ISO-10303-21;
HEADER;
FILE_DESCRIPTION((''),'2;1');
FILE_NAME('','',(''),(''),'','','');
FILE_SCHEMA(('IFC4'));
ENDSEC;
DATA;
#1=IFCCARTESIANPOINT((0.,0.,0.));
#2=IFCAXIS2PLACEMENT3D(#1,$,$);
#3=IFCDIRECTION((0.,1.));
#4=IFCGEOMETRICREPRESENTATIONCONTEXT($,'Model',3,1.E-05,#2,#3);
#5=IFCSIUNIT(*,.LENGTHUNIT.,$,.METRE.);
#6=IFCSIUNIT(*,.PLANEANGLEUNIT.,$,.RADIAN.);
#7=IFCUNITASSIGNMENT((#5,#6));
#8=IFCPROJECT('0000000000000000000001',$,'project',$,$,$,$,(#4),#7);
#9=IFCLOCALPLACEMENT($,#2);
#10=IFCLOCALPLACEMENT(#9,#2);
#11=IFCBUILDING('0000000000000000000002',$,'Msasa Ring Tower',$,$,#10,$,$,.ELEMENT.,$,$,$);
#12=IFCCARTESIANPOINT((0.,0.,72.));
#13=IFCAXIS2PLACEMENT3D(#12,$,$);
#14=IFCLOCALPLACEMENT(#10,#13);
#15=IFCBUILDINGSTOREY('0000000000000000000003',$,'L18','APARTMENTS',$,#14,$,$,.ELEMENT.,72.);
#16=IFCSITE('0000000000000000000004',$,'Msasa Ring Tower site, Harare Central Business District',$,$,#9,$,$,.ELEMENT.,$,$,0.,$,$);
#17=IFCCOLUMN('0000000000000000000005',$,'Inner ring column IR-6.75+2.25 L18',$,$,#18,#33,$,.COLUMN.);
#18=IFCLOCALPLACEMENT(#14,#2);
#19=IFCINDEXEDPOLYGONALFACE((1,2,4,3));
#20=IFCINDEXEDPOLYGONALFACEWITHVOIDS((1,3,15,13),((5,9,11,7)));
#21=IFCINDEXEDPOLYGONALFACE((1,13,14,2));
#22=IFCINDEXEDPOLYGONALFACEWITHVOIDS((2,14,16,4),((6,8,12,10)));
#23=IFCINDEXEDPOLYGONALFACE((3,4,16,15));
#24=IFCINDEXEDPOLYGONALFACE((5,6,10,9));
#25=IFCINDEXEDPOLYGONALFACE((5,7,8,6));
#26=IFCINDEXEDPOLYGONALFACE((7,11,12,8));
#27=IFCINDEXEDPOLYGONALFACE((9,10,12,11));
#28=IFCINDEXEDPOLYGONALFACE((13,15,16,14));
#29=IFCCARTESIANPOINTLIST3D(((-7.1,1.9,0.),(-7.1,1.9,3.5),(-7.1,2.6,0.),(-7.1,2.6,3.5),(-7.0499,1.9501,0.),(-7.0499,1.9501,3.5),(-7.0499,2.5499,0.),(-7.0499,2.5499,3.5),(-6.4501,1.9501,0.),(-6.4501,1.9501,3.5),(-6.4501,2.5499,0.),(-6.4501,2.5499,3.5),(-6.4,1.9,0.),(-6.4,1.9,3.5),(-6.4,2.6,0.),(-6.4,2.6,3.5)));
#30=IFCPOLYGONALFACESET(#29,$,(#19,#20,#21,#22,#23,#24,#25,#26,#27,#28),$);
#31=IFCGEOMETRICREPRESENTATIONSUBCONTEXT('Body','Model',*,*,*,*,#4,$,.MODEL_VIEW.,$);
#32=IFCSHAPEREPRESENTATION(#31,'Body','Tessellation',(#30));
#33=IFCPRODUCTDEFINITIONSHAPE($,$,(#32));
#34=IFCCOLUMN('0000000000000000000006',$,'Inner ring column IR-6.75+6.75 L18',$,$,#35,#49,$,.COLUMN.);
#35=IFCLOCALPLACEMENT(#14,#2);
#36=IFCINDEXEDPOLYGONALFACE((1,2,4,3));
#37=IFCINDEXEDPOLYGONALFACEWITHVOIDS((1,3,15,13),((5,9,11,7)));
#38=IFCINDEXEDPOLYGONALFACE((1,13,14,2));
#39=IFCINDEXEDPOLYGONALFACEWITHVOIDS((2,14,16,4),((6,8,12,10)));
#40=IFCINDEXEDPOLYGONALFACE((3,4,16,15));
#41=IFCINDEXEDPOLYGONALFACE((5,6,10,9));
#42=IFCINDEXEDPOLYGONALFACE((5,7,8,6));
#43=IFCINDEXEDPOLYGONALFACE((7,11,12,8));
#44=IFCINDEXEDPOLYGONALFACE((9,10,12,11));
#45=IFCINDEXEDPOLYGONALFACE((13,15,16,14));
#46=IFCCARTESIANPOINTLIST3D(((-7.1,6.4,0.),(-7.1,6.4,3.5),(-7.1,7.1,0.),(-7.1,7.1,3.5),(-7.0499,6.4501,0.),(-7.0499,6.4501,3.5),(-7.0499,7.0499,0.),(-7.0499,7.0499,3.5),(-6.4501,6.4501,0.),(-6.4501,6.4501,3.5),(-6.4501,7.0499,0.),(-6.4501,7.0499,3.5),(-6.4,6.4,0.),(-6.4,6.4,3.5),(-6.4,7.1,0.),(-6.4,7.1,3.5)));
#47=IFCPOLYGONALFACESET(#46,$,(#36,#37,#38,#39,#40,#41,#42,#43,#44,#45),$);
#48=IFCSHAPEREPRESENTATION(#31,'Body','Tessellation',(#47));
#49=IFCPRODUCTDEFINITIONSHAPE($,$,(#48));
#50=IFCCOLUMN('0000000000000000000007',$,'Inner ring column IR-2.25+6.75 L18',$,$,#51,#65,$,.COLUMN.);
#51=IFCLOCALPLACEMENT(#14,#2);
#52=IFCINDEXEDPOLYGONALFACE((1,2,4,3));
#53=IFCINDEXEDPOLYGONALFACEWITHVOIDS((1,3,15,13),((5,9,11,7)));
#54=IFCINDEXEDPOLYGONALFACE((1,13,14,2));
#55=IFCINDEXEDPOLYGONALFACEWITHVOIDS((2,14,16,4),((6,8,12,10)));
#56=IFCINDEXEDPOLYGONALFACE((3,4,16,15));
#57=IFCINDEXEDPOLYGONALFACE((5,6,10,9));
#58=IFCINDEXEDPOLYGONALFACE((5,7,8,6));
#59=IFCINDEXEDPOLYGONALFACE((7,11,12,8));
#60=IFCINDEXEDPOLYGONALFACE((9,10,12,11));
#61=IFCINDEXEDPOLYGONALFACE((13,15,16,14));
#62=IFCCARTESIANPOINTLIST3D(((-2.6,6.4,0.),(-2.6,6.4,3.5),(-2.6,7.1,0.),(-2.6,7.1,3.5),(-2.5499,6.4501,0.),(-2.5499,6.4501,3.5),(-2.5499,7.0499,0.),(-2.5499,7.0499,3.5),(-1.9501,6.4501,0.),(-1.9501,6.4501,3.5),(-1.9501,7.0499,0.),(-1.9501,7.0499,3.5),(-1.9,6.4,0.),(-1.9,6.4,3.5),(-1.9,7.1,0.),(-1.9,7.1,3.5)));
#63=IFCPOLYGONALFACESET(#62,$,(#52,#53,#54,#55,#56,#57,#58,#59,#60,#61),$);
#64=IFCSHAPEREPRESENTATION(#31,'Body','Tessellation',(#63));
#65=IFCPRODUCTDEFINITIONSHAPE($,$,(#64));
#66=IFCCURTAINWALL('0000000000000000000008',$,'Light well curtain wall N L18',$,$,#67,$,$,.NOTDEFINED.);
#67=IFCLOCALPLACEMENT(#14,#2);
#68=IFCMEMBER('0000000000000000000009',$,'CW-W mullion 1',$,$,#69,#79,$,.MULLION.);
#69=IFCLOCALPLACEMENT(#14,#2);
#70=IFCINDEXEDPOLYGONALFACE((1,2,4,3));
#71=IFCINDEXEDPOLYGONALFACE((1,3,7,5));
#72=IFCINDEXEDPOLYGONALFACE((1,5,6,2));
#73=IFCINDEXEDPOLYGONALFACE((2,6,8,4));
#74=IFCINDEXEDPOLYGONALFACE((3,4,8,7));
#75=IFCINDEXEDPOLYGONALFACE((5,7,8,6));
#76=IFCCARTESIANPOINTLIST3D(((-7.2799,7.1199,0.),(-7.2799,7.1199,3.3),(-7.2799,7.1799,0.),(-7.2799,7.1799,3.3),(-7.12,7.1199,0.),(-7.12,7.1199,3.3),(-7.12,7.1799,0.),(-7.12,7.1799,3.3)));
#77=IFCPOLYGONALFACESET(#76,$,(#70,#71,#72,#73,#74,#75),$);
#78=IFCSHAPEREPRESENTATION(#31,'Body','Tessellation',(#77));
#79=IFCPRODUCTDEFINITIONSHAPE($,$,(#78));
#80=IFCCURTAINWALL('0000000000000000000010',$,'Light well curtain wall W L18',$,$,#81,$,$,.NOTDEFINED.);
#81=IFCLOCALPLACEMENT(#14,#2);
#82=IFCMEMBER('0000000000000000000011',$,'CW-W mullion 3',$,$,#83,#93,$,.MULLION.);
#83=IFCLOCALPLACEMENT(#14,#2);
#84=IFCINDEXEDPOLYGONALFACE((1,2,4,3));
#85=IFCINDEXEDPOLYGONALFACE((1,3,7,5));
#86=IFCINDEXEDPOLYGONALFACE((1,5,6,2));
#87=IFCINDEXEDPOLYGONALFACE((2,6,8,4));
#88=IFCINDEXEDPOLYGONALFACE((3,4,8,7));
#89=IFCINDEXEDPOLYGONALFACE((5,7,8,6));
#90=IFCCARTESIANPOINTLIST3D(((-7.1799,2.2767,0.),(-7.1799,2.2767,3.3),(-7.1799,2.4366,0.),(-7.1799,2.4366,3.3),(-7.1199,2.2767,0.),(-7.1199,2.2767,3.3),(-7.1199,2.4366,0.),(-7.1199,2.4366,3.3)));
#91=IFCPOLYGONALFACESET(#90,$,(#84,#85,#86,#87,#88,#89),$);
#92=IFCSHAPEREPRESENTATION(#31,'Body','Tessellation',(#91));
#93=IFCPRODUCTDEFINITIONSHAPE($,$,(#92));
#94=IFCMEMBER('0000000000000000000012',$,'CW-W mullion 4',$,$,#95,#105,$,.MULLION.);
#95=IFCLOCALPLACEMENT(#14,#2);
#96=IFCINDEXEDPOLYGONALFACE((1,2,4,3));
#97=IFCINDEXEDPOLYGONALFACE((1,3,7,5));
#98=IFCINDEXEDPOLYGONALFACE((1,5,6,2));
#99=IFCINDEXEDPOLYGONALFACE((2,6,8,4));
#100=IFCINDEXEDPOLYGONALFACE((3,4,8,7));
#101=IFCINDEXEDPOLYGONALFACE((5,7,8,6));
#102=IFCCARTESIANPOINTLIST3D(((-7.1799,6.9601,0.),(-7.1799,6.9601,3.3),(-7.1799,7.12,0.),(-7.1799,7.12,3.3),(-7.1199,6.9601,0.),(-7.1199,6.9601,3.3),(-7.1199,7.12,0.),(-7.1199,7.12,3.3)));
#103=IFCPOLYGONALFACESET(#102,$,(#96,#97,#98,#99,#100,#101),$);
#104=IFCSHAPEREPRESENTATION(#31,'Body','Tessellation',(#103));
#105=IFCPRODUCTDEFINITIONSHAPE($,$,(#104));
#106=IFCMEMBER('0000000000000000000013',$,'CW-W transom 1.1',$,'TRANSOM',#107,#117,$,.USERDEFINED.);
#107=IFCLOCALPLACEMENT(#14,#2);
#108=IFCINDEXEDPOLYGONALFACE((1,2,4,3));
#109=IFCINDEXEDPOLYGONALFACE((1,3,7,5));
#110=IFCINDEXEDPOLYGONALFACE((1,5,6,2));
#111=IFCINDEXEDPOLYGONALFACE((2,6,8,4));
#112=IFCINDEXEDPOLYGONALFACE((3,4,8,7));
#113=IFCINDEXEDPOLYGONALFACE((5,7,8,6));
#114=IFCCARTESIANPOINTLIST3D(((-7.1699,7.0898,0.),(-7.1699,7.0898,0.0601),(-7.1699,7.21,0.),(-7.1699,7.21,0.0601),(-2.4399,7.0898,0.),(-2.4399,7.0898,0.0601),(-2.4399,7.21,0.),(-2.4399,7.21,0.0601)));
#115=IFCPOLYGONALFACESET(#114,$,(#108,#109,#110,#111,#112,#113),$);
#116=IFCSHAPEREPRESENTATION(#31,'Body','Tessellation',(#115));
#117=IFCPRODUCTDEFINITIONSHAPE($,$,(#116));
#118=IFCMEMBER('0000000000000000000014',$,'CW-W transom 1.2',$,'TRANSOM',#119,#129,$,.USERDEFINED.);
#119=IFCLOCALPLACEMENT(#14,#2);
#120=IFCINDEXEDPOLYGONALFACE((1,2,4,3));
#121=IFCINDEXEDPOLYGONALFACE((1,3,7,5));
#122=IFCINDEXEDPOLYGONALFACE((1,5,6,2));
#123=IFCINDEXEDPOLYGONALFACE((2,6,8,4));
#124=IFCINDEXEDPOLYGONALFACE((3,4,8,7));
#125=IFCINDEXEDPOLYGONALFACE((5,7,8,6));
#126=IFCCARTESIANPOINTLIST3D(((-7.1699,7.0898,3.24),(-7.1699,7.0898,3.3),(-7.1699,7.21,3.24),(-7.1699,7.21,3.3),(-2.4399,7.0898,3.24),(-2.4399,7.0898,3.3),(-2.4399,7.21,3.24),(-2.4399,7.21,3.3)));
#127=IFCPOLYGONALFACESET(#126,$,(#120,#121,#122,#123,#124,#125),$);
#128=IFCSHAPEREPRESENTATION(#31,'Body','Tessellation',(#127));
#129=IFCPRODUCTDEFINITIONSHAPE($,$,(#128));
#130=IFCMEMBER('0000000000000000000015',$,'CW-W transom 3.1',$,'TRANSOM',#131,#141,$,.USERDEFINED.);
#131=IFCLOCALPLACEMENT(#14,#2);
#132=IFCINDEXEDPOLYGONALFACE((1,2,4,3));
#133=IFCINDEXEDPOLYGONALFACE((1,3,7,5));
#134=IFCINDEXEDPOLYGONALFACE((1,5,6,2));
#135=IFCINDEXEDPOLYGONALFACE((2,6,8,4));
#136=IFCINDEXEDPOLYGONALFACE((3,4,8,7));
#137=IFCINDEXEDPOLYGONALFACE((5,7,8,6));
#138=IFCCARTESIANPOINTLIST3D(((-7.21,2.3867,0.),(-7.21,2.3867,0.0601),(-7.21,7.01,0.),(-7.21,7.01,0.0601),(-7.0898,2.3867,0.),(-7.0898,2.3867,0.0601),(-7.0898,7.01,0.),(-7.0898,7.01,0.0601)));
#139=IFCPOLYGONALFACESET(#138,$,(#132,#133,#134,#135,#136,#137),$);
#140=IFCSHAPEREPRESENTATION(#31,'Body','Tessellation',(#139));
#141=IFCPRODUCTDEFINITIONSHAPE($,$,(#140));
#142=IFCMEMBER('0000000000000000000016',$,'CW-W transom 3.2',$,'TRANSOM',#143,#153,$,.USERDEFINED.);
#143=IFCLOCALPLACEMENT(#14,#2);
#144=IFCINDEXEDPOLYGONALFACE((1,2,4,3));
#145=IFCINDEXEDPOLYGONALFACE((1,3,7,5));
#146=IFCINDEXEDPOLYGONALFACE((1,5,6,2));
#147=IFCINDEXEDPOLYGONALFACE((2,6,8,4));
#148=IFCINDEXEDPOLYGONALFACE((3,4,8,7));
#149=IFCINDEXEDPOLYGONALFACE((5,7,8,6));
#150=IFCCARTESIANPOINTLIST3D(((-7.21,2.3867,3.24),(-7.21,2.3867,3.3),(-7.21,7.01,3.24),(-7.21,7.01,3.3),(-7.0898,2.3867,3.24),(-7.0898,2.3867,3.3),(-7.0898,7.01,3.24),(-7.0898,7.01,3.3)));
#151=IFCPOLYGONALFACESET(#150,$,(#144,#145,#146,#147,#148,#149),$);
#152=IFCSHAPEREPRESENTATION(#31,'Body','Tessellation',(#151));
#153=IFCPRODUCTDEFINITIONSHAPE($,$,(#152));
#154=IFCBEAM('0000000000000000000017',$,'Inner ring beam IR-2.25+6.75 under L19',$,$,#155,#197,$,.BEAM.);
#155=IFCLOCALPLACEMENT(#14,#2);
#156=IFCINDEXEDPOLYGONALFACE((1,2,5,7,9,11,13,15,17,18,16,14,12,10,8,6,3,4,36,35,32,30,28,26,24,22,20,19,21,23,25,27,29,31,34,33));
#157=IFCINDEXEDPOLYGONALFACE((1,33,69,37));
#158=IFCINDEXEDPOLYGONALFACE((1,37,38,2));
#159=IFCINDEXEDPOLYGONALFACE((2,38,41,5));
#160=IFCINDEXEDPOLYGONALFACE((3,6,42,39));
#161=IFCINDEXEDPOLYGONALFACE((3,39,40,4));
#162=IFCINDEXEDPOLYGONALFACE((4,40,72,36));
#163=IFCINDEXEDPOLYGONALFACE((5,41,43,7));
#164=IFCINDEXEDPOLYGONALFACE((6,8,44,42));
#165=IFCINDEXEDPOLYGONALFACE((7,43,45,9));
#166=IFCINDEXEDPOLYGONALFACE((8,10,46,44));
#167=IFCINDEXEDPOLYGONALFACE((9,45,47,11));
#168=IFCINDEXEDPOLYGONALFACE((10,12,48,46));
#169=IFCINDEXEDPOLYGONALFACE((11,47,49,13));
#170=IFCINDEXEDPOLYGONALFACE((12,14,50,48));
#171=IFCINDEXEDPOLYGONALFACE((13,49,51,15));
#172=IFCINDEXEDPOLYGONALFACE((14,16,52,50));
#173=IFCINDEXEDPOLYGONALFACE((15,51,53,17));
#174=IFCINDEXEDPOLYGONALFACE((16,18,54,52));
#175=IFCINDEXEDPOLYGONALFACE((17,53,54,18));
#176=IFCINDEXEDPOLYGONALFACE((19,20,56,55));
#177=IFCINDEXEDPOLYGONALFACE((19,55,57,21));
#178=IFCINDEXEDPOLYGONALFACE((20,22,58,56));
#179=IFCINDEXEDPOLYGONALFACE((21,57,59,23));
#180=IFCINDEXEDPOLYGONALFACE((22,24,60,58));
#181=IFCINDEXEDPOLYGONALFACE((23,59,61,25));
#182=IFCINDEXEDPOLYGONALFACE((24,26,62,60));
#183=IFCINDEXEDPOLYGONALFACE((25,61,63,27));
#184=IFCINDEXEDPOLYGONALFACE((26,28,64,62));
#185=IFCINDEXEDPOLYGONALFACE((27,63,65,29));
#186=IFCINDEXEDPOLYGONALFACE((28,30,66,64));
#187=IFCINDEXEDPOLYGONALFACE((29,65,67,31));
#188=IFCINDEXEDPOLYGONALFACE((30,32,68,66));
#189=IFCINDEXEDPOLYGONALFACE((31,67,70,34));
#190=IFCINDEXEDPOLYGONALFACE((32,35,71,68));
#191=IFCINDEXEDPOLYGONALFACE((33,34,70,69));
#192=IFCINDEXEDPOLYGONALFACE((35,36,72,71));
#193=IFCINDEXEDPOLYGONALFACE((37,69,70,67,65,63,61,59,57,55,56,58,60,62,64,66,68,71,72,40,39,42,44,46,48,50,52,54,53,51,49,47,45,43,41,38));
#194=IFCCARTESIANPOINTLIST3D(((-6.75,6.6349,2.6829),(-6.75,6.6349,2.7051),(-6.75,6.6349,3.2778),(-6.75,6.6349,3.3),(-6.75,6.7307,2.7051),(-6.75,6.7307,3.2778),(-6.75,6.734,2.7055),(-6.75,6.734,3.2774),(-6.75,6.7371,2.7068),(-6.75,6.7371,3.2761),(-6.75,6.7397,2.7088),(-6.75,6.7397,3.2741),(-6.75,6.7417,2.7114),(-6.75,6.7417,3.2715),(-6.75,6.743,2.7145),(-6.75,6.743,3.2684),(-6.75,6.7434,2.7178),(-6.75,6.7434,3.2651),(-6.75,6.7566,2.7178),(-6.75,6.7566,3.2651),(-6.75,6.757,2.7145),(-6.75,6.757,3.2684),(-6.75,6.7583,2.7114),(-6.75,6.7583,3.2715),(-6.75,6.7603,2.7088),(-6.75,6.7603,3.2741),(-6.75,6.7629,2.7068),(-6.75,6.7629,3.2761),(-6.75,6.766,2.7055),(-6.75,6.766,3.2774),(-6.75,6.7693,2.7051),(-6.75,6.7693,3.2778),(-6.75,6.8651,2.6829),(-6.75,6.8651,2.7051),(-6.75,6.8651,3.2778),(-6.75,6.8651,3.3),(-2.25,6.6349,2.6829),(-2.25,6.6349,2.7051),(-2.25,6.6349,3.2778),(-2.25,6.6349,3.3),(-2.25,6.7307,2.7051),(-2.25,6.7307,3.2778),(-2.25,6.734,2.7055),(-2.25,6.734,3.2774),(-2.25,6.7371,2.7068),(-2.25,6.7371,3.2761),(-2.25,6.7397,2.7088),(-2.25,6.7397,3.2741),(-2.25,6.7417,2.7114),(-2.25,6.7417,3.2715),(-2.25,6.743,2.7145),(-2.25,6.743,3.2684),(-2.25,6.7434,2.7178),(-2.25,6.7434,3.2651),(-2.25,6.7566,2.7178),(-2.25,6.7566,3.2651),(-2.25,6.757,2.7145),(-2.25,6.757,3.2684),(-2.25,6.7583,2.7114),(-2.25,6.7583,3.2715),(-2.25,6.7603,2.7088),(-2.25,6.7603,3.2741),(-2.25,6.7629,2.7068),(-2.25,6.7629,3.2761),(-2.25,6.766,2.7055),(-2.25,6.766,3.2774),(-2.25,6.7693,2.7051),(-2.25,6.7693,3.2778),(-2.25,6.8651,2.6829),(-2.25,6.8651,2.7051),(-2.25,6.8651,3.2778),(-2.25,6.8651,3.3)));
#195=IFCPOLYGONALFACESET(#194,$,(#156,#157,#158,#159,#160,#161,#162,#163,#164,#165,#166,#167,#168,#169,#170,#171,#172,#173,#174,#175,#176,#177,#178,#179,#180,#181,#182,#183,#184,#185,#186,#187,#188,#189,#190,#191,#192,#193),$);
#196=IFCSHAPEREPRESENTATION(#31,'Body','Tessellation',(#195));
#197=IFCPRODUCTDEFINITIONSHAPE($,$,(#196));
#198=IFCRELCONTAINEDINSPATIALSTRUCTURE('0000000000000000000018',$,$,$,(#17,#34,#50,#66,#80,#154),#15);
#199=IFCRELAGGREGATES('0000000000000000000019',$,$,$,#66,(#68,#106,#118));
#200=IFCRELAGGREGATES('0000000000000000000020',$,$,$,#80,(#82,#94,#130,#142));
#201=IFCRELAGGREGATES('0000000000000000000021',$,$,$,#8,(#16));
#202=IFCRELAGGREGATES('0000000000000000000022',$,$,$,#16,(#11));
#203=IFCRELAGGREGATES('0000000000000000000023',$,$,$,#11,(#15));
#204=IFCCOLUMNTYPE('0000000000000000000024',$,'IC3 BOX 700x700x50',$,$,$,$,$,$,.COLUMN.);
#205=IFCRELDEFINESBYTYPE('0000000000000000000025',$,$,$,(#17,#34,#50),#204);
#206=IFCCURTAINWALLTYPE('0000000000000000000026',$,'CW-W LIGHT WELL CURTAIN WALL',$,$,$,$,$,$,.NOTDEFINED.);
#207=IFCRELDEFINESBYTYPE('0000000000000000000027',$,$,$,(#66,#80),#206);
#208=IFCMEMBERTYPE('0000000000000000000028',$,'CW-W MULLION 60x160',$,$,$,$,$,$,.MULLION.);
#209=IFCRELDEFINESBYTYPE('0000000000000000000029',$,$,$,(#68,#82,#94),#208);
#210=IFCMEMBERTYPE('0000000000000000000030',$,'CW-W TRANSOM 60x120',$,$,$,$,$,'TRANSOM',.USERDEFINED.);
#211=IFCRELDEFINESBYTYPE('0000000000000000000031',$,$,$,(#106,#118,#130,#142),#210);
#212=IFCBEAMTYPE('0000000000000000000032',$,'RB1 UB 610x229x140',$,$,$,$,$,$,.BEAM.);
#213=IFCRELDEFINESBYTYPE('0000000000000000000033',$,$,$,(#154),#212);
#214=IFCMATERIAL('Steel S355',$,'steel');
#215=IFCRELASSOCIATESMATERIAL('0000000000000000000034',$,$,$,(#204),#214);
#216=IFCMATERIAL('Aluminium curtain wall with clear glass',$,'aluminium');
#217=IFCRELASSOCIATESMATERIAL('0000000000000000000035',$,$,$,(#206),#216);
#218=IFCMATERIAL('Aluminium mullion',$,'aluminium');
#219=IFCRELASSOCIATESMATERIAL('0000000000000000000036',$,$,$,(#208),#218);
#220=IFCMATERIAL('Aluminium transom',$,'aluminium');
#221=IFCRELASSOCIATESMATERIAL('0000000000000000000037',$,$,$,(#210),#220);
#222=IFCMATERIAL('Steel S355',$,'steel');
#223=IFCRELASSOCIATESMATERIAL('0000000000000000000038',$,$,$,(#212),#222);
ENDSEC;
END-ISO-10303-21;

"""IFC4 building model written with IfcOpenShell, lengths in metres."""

from ifc_helpers import new_model, si_unit, direction, frame, origin, origin_2d, place, context, subcontext, project, spatial, rectangle, hollow_rectangle, i_section, extrude, material, material_profile, profile_set, type_object, element, aggregate, save


model = new_model("IFC4")

# Units and contexts
model_context = context("Model", 3, precision=1e-05, world=origin(), true_north=direction((0.0, 1.0)))
body_context = subcontext(model_context, "Body", "Model", "MODEL_VIEW")
ifc_project = project(units=[si_unit("LENGTHUNIT", "METRE"), si_unit("PLANEANGLEUNIT", "RADIAN")], contexts=[model_context])

# Site, building, storey
site_placement = place(None, origin())
site = spatial("IfcSite", under=ifc_project, at=site_placement, Name="Msasa Ring Tower site, Harare Central Business District", CompositionType="ELEMENT", RefElevation=0.0)
building_placement = place(site_placement, origin())
building = spatial("IfcBuilding", under=site, at=building_placement, Name="Msasa Ring Tower", CompositionType="ELEMENT")
storey_placement = place(building_placement, frame((0.0, 0.0, 72.0)))
storey = spatial("IfcBuildingStorey", under=building, at=storey_placement, Name="L18", Description="APARTMENTS", CompositionType="ELEMENT", Elevation=72.0)

# Columns
ifc_material_1 = material(Name="Steel S355", Category="steel")
ifc_material_profile_1 = material_profile(ifc_material_1, hollow_rectangle(XDim=0.7, YDim=0.7, WallThickness=0.05, at=origin_2d()), Name="BOX 700x700x50")
ifc_profile_set_1 = profile_set([ifc_material_profile_1], Name="Steel S355")
column_type = type_object("IfcColumnType", Name="IC3 BOX 700x700x50", PredefinedType="COLUMN", material=ifc_profile_set_1)
for number, where, z_axis, x_axis, name in (
    (1, (-6.75, 2.25, 0.0), (0.0, 0.0, 1.0), (1.0, 0.0, 0.0), "Inner ring column IR-6.75+2.25 L18"),
    (2, (-6.75, 6.75, 0.0), (0.0, 0.0, 1.0), (1.0, 0.0, 0.0), "Inner ring column IR-6.75+6.75 L18"),
    (3, (-2.25, 6.75, 0.0), (0.0, 0.0, 1.0), (1.0, 0.0, 0.0), "Inner ring column IR-2.25+6.75 L18"),
):
    element("IfcColumn", number, at=place(storey_placement, frame(where, z_axis=z_axis, x_axis=x_axis)), inside=storey, type_object=column_type, Name=name, PredefinedType="COLUMN", context=body_context, shape_type="SweptSolid", body=[
        extrude(hollow_rectangle(XDim=0.7, YDim=0.7, WallThickness=0.05, at=origin_2d()), origin(), (0.0, 0.0, 1.0), 3.5),
    ])

# Curtain wall, member
ifc_material_2 = material(Name="Aluminium curtain wall with clear glass", Category="aluminium")
curtain_wall_type = type_object("IfcCurtainWallType", Name="CW-W LIGHT WELL CURTAIN WALL", PredefinedType="NOTDEFINED", material=ifc_material_2)
curtain_wall_1_placement = place(storey_placement, origin())
curtain_wall_1 = element("IfcCurtainWall", 4, at=curtain_wall_1_placement, inside=storey, type_object=curtain_wall_type, Name="Light well curtain wall N L18", PredefinedType="NOTDEFINED")
ifc_material_3 = material(Name="Aluminium mullion", Category="aluminium")
ifc_material_profile_2 = material_profile(ifc_material_3, rectangle(XDim=0.0601, YDim=0.1599, at=origin_2d()), Name="AL 60x160")
ifc_profile_set_2 = profile_set([ifc_material_profile_2], Name="Aluminium mullion")
member_type_1 = type_object("IfcMemberType", Name="CW-W MULLION 60x160", PredefinedType="MULLION", material=ifc_profile_set_2)
member_1_placement = place(storey_placement, frame((-7.2, 7.1499, 0.0), z_axis=(0.0, 0.0, 1.0), x_axis=(0.0, 1.0, 0.0)))
member_1 = element("IfcMember", 5, at=member_1_placement, type_object=member_type_1, Name="CW-W mullion 1", PredefinedType="MULLION", context=body_context, shape_type="SweptSolid", body=[
    extrude(rectangle(XDim=0.0601, YDim=0.1599, at=origin_2d()), origin(), (0.0, 0.0, 1.0), 3.3),
])

# Curtain wall, members
curtain_wall_2_placement = place(storey_placement, origin())
curtain_wall_2 = element("IfcCurtainWall", 6, at=curtain_wall_2_placement, inside=storey, type_object=curtain_wall_type, Name="Light well curtain wall W L18", PredefinedType="NOTDEFINED")
member_2_placement = place(storey_placement, frame((-7.1499, 2.3567, 0.0), z_axis=(0.0, 0.0, 1.0), x_axis=(-1.0, 0.0, 0.0)))
member_2 = element("IfcMember", 7, at=member_2_placement, type_object=member_type_1, Name="CW-W mullion 3", PredefinedType="MULLION", context=body_context, shape_type="SweptSolid", body=[
    extrude(rectangle(XDim=0.0601, YDim=0.1599, at=origin_2d()), origin(), (0.0, 0.0, 1.0), 3.3),
])
member_3_placement = place(storey_placement, frame((-7.1499, 7.04, 0.0), z_axis=(0.0, 0.0, 1.0), x_axis=(-1.0, 0.0, 0.0)))
member_3 = element("IfcMember", 8, at=member_3_placement, type_object=member_type_1, Name="CW-W mullion 4", PredefinedType="MULLION", context=body_context, shape_type="SweptSolid", body=[
    extrude(rectangle(XDim=0.0601, YDim=0.1599, at=origin_2d()), origin(), (0.0, 0.0, 1.0), 3.3),
])

# Members
ifc_material_4 = material(Name="Aluminium transom", Category="aluminium")
ifc_material_profile_3 = material_profile(ifc_material_4, rectangle(XDim=0.1201, YDim=0.0601, at=origin_2d()), Name="AL 60x120")
ifc_profile_set_3 = profile_set([ifc_material_profile_3], Name="Aluminium transom")
member_type_2 = type_object("IfcMemberType", Name="CW-W TRANSOM 60x120", ElementType="TRANSOM", PredefinedType="USERDEFINED", material=ifc_profile_set_3)
member_4_placement = place(storey_placement, frame((-7.1699, 7.1499, 0.03), z_axis=(1.0, 0.0, 0.0), x_axis=(0.0, 1.0, 0.0)))
member_4 = element("IfcMember", 9, at=member_4_placement, type_object=member_type_2, Name="CW-W transom 1.1", ObjectType="TRANSOM", PredefinedType="USERDEFINED", context=body_context, shape_type="SweptSolid", body=[
    extrude(rectangle(XDim=0.1201, YDim=0.0601, at=origin_2d()), origin(), (0.0, 0.0, 1.0), 4.73),
])
member_5_placement = place(storey_placement, frame((-7.1699, 7.1499, 3.27), z_axis=(1.0, 0.0, 0.0), x_axis=(0.0, 1.0, 0.0)))
member_5 = element("IfcMember", 10, at=member_5_placement, type_object=member_type_2, Name="CW-W transom 1.2", ObjectType="TRANSOM", PredefinedType="USERDEFINED", context=body_context, shape_type="SweptSolid", body=[
    extrude(rectangle(XDim=0.1201, YDim=0.0601, at=origin_2d()), origin(), (0.0, 0.0, 1.0), 4.73),
])
member_6_placement = place(storey_placement, frame((-7.1499, 2.3867, 0.03), z_axis=(0.0, 1.0, 0.0), x_axis=(-1.0, 0.0, 0.0)))
member_6 = element("IfcMember", 11, at=member_6_placement, type_object=member_type_2, Name="CW-W transom 3.1", ObjectType="TRANSOM", PredefinedType="USERDEFINED", context=body_context, shape_type="SweptSolid", body=[
    extrude(rectangle(XDim=0.1201, YDim=0.0601, at=origin_2d()), origin(), (0.0, 0.0, 1.0), 4.6233),
])
member_7_placement = place(storey_placement, frame((-7.1499, 2.3867, 3.27), z_axis=(0.0, 1.0, 0.0), x_axis=(-1.0, 0.0, 0.0)))
member_7 = element("IfcMember", 12, at=member_7_placement, type_object=member_type_2, Name="CW-W transom 3.2", ObjectType="TRANSOM", PredefinedType="USERDEFINED", context=body_context, shape_type="SweptSolid", body=[
    extrude(rectangle(XDim=0.1201, YDim=0.0601, at=origin_2d()), origin(), (0.0, 0.0, 1.0), 4.6233),
])

# Beam
ifc_material_5 = material(Name="Steel S355", Category="steel")
ifc_material_profile_4 = material_profile(ifc_material_5, i_section(OverallWidth=0.2302, OverallDepth=0.6172, WebThickness=0.0132, FlangeThickness=0.0222, FilletRadius=0.0127, at=origin_2d()), Name="UB 610x229x140")
ifc_profile_set_4 = profile_set([ifc_material_profile_4], Name="Steel S355")
beam_type = type_object("IfcBeamType", Name="RB1 UB 610x229x140", PredefinedType="BEAM", material=ifc_profile_set_4)
for number, where, z_axis, x_axis, name in (
    (13, (-2.25, 6.75, 2.9915), (-1.0, 0.0, 0.0), (0.0, -1.0, 0.0), "Inner ring beam IR-2.25+6.75 under L19"),
):
    element("IfcBeam", number, at=place(storey_placement, frame(where, z_axis=z_axis, x_axis=x_axis)), inside=storey, type_object=beam_type, Name=name, PredefinedType="BEAM", context=body_context, shape_type="SweptSolid", body=[
        extrude(i_section(OverallWidth=0.2302, OverallDepth=0.6172, WebThickness=0.0132, FlangeThickness=0.0222, FilletRadius=0.0127, at=origin_2d()), origin(), (0.0, 0.0, 1.0), 4.5),
    ])

aggregate(curtain_wall_1, [member_1, member_4, member_5])
aggregate(curtain_wall_2, [member_2, member_3, member_6, member_7])

save(model, "model.ifc")
